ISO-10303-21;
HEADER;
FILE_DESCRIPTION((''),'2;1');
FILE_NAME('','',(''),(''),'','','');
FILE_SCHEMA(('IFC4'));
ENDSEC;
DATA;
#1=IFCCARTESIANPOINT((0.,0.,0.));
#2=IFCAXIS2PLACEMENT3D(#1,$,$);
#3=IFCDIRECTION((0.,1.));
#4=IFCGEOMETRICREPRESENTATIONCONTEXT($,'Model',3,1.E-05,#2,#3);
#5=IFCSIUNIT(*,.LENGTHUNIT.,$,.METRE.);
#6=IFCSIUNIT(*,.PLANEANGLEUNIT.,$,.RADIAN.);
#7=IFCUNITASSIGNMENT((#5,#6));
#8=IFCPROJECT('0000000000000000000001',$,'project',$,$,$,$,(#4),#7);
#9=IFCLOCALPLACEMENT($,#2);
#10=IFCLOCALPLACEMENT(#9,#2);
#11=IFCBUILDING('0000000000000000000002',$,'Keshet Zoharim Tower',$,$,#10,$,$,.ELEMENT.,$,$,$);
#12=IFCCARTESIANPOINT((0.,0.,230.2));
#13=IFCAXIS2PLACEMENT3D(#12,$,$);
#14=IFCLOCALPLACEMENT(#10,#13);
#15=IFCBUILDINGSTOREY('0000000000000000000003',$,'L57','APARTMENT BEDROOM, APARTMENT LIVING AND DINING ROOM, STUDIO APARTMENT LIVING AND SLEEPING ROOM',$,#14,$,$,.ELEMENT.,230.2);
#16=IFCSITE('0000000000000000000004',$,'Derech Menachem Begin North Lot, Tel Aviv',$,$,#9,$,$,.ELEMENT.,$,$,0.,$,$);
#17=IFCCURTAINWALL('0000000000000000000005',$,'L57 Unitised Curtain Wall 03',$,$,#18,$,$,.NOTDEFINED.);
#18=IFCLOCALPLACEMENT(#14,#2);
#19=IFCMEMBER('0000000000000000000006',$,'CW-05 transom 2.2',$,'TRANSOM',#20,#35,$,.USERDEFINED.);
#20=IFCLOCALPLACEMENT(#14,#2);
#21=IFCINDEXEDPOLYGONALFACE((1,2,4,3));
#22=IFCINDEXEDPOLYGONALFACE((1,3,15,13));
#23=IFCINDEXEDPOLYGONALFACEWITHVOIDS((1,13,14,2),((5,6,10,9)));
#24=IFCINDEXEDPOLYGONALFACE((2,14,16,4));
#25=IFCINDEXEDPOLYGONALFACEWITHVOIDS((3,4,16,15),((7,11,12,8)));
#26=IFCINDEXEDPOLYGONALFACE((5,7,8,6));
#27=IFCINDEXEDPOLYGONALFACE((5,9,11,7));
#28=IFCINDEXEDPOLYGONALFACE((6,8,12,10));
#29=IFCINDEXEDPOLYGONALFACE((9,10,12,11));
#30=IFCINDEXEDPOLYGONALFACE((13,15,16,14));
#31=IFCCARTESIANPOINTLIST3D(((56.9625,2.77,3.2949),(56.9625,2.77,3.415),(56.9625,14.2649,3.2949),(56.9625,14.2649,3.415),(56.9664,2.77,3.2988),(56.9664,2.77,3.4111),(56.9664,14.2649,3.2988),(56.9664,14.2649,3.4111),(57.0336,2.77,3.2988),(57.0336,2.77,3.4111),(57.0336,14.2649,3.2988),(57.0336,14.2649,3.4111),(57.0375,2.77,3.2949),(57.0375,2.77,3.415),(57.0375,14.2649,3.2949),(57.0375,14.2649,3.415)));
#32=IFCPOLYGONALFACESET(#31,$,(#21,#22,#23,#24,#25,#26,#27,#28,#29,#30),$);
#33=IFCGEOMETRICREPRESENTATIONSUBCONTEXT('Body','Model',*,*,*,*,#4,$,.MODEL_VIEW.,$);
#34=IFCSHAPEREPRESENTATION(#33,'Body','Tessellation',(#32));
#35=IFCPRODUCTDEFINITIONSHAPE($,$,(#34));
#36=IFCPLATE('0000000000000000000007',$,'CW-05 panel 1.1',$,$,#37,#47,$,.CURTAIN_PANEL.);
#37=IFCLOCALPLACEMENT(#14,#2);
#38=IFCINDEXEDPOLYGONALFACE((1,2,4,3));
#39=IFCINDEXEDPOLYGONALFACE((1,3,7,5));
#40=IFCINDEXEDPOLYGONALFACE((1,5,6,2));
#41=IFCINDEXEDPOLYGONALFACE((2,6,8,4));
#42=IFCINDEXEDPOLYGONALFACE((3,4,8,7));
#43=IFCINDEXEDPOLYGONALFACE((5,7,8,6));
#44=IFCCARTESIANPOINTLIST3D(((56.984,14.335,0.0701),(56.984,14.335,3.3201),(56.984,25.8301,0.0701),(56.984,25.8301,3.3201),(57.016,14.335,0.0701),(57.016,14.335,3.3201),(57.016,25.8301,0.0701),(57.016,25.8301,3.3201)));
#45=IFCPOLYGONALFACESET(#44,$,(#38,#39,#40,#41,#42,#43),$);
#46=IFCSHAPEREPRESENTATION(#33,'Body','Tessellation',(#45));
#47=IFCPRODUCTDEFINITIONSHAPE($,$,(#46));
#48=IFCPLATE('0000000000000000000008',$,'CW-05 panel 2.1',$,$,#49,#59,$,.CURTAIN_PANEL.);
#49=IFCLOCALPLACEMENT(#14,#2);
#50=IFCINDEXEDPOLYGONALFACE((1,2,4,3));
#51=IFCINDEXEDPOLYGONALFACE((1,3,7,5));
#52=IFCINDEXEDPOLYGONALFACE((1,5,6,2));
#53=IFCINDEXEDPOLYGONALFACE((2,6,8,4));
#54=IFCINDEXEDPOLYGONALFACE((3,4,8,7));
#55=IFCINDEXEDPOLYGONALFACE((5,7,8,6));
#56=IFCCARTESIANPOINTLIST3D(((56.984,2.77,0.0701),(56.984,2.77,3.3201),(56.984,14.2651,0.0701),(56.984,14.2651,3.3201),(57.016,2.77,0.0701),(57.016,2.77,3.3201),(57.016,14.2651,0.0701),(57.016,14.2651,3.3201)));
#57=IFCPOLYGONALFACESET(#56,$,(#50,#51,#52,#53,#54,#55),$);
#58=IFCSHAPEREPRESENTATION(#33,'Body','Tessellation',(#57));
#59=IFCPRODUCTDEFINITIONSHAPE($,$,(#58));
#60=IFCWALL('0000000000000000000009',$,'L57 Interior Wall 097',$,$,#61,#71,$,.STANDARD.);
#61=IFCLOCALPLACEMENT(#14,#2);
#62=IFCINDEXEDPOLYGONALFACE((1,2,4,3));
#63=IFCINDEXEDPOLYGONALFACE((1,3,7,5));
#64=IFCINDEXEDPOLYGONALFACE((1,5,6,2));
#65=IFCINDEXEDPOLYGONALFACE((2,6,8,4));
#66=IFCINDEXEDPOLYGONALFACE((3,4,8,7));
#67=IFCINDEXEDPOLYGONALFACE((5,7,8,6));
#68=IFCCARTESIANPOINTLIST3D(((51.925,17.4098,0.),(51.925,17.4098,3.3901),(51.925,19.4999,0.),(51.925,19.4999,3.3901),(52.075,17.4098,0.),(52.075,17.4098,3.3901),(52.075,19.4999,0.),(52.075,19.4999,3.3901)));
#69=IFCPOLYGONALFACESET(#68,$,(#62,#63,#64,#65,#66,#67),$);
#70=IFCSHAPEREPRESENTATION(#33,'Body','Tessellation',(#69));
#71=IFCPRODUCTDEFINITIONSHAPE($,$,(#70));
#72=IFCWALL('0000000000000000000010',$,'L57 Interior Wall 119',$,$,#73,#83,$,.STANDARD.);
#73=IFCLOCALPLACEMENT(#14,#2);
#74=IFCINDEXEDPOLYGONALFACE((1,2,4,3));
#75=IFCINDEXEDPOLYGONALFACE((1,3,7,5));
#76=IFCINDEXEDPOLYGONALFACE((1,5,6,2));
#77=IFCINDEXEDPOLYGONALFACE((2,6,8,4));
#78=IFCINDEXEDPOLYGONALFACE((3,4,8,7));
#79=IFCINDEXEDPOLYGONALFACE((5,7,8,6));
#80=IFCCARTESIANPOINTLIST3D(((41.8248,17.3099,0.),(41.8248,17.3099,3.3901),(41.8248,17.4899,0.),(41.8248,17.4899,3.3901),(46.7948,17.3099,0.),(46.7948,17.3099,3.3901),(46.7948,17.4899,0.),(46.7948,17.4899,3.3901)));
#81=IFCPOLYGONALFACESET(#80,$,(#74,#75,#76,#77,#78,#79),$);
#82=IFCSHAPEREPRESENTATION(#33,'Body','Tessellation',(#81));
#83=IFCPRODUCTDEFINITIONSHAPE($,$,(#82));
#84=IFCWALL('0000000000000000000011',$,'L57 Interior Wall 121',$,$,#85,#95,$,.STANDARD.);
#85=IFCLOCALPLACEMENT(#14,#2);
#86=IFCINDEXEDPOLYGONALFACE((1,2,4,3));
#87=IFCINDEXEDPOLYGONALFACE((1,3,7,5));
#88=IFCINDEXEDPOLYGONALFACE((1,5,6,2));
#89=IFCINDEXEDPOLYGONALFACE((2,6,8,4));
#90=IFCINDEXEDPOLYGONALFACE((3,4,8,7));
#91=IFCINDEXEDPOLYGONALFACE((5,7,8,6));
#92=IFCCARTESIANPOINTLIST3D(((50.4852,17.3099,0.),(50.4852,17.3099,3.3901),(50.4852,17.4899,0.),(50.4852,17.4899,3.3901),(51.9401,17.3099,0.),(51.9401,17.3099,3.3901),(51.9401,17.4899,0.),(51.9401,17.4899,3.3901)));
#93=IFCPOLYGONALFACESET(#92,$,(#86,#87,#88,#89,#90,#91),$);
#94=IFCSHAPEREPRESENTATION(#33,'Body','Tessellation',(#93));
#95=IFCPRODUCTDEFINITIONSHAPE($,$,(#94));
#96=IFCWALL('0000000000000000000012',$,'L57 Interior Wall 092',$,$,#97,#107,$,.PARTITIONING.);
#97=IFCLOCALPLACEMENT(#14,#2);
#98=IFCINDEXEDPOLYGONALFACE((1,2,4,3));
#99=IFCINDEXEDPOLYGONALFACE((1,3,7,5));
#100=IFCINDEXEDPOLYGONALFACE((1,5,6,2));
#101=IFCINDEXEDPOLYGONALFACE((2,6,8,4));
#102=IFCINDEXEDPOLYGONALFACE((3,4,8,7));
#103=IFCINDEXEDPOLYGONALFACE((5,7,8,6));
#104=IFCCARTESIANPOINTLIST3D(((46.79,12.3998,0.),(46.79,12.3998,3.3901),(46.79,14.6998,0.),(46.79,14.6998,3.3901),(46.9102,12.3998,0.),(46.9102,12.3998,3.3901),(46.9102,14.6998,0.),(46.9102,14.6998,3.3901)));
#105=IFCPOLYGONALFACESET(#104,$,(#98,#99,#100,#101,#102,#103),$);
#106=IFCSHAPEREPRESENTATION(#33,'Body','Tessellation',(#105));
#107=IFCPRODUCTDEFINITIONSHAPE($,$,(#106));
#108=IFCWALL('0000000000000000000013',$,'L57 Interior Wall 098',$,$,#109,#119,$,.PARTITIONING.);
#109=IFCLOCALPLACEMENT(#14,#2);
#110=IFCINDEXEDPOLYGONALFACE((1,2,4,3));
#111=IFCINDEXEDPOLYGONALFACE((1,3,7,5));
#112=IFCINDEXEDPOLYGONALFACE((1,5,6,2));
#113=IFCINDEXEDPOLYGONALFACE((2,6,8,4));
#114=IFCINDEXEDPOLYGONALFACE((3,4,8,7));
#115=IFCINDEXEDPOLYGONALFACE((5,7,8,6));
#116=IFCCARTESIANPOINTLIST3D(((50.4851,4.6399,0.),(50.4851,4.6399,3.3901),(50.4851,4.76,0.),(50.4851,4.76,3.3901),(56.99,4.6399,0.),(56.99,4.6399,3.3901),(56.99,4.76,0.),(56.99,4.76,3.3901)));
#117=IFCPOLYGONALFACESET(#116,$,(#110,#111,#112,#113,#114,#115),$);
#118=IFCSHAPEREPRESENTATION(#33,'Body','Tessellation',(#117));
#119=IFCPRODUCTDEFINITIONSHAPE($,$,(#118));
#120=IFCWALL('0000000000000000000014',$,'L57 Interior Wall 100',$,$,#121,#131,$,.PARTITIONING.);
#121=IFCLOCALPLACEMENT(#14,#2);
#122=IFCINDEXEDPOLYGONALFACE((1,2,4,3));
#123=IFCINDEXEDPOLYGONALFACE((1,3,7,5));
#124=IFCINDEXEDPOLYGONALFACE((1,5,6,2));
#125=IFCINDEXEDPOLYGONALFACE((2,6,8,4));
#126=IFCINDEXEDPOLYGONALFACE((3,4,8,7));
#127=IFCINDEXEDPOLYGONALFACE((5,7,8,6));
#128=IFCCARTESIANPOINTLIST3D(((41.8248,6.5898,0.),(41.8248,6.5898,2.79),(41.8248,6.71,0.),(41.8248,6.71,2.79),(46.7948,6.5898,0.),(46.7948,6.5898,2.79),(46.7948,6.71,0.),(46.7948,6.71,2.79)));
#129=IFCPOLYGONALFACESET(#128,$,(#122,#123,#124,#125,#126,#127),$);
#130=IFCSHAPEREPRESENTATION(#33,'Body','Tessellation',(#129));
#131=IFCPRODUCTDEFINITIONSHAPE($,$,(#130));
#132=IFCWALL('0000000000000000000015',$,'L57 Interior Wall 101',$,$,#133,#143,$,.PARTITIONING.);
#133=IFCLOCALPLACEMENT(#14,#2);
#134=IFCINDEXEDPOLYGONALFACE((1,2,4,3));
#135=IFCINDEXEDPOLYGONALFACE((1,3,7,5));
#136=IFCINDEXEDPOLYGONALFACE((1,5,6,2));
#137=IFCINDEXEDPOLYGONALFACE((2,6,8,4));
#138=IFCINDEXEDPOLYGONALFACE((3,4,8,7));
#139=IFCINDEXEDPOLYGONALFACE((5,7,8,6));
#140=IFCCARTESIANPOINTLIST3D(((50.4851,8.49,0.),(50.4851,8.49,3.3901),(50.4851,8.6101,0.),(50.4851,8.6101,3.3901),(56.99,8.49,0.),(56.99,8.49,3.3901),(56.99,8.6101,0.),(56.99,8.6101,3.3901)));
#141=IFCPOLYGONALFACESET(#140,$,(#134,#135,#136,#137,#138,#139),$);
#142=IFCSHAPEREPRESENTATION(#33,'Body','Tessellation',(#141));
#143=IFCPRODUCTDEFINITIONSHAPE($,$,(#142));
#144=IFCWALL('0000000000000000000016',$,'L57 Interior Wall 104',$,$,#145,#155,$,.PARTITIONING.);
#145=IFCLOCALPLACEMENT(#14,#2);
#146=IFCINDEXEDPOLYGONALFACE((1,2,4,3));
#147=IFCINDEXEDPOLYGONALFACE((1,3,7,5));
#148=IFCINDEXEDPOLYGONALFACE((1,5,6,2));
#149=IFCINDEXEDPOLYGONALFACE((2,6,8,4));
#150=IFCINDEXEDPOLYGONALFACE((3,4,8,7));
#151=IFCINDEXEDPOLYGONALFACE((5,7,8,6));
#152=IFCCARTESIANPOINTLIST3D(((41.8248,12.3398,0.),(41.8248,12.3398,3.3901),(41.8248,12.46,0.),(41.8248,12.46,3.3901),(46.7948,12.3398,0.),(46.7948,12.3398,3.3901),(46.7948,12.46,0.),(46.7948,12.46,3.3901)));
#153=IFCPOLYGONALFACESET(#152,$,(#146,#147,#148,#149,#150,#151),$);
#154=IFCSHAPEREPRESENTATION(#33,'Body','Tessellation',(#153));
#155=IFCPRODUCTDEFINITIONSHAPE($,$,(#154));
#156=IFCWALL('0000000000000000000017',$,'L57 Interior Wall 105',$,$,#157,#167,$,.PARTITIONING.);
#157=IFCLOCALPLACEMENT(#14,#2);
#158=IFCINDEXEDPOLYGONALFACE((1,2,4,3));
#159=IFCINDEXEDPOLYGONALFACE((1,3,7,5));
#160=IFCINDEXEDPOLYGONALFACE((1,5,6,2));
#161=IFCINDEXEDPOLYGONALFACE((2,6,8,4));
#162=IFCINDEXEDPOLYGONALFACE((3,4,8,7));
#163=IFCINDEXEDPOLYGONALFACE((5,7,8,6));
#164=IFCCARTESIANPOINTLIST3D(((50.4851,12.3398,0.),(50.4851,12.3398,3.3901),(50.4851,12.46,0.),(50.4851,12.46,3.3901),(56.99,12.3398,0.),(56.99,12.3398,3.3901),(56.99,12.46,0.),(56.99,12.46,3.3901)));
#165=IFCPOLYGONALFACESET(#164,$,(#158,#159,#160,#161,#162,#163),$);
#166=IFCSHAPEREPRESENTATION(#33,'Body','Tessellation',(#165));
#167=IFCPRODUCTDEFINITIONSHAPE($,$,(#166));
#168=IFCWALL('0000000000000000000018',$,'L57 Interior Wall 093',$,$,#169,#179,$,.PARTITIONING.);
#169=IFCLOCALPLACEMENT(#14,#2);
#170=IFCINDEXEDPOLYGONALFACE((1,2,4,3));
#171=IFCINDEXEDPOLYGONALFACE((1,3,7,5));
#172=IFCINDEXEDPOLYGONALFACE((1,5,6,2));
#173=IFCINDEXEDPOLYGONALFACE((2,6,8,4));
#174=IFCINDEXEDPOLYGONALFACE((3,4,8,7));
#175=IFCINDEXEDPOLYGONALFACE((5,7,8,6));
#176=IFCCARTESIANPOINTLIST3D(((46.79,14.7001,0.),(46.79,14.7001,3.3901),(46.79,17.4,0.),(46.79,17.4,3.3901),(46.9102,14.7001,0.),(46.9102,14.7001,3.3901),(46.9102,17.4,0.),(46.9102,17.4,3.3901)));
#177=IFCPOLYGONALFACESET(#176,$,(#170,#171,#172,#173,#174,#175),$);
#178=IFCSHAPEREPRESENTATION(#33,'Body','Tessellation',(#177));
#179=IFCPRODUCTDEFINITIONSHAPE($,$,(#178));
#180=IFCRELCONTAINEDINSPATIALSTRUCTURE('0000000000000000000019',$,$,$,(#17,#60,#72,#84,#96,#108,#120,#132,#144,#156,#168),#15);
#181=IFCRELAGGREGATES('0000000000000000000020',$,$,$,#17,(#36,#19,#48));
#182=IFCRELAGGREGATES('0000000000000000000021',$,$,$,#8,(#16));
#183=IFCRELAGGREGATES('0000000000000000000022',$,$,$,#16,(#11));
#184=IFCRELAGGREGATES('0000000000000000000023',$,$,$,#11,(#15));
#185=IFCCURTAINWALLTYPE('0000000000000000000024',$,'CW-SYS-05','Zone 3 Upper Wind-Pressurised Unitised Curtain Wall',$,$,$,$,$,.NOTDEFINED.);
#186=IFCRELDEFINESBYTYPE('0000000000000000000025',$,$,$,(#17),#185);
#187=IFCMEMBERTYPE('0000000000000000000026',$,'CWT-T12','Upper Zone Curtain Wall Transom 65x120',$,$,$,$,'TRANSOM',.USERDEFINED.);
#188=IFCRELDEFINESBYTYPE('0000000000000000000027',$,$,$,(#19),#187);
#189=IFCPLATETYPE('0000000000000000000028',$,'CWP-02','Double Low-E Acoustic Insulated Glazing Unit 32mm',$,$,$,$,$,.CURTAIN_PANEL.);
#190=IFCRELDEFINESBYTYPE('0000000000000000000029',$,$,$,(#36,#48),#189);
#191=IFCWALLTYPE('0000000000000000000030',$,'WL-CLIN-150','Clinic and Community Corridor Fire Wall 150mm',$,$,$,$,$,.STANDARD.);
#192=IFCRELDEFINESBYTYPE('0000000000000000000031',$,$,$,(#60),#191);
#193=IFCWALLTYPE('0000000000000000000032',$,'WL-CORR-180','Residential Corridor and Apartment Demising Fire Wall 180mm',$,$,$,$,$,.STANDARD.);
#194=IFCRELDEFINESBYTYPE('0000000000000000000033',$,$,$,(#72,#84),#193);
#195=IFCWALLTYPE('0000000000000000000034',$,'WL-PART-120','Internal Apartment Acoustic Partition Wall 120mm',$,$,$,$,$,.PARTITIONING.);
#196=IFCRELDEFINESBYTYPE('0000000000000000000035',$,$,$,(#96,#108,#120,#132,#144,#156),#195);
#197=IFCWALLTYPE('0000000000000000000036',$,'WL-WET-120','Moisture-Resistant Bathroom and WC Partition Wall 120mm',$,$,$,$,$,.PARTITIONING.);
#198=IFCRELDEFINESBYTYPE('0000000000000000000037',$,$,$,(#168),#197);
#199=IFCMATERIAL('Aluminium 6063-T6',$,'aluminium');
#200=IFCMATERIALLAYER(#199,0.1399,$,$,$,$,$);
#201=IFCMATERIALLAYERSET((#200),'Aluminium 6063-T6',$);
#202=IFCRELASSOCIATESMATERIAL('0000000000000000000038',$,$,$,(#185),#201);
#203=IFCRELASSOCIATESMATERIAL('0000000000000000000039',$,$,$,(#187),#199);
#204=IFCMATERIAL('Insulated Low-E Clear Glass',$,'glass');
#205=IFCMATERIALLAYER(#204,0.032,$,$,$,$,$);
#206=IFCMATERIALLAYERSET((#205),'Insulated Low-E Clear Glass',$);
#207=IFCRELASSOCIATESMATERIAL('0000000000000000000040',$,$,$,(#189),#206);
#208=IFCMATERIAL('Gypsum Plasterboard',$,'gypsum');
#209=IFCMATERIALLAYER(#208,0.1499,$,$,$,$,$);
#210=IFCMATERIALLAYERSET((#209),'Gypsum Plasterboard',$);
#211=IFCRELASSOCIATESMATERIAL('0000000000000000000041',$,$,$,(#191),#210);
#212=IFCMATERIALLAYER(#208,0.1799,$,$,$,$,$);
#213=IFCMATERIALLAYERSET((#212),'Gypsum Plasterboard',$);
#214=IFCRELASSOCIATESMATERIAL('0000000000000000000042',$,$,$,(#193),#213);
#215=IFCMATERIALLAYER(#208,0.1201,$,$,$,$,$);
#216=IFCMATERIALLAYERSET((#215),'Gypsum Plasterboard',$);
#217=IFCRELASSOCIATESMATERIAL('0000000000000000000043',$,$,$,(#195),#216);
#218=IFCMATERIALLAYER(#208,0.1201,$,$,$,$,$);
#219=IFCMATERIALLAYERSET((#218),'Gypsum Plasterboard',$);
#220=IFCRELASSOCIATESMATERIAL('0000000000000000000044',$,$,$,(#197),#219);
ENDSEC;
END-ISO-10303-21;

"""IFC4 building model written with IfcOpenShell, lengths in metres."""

from ifc_helpers import new_model, si_unit, direction, frame, frame_2d, origin, origin_2d, place, context, subcontext, project, spatial, rectangle, hollow_rectangle, extrude, material, layer, layer_set, material_profile, profile_set, type_object, element, aggregate, save


model = new_model("IFC4")

# Units and contexts
model_context = context("Model", 3, precision=1e-05, world=origin(), true_north=direction((0.0, 1.0)))
body_context = subcontext(model_context, "Body", "Model", "MODEL_VIEW")
ifc_project = project(units=[si_unit("LENGTHUNIT", "METRE"), si_unit("PLANEANGLEUNIT", "RADIAN")], contexts=[model_context])

# Site, building, storey
site_placement = place(None, origin())
site = spatial("IfcSite", under=ifc_project, at=site_placement, Name="Derech Menachem Begin North Lot, Tel Aviv", CompositionType="ELEMENT", RefElevation=0.0)
building_placement = place(site_placement, origin())
building = spatial("IfcBuilding", under=site, at=building_placement, Name="Keshet Zoharim Tower", CompositionType="ELEMENT")
storey_placement = place(building_placement, frame((0.0, 0.0, 230.2)))
storey = spatial("IfcBuildingStorey", under=building, at=storey_placement, Name="L57", Description="APARTMENT BEDROOM, APARTMENT LIVING AND DINING ROOM, STUDIO APARTMENT LIVING AND SLEEPING ROOM", CompositionType="ELEMENT", Elevation=230.2)

# Curtain wall, member, plates
ifc_material_1 = material(Name="Aluminium 6063-T6", Category="aluminium")
ifc_layer_1 = layer(ifc_material_1, 0.1399)
ifc_layer_set_1 = layer_set([ifc_layer_1], Name="Aluminium 6063-T6")
curtain_wall_type = type_object("IfcCurtainWallType", Name="CW-SYS-05", Description="Zone 3 Upper Wind-Pressurised Unitised Curtain Wall", PredefinedType="NOTDEFINED", material=ifc_layer_set_1)
curtain_wall_placement = place(storey_placement, origin())
curtain_wall = element("IfcCurtainWall", 1, at=curtain_wall_placement, inside=storey, type_object=curtain_wall_type, Name="L57 Unitised Curtain Wall 03", PredefinedType="NOTDEFINED")
ifc_material_profile_1 = material_profile(ifc_material_1, hollow_rectangle(XDim=0.075, YDim=0.1201, WallThickness=0.0039, at=origin_2d()), Name="TRN-75x120")
ifc_profile_set_1 = profile_set([ifc_material_profile_1], Name="Aluminium 6063-T6")
member_type_1 = type_object("IfcMemberType", Name="CWT-T12", Description="Upper Zone Curtain Wall Transom 65x120", ElementType="TRANSOM", PredefinedType="USERDEFINED", material=ifc_profile_set_1)
member_1_placement = place(storey_placement, frame((57.0, 14.2649, 3.355), z_axis=(0.0, -1.0, 0.0), x_axis=(1.0, 0.0, 0.0)))
member_1 = element("IfcMember", 2, at=member_1_placement, type_object=member_type_1, Name="CW-05 transom 2.2", ObjectType="TRANSOM", PredefinedType="USERDEFINED", context=body_context, shape_type="SweptSolid", body=[
    extrude(hollow_rectangle(XDim=0.075, YDim=0.1201, WallThickness=0.0039, at=origin_2d()), origin(), (0.0, 0.0, 1.0), 11.4949),
])
ifc_material_2 = material(Name="Insulated Low-E Clear Glass", Category="glass")
ifc_layer_2 = layer(ifc_material_2, 0.032)
ifc_layer_set_2 = layer_set([ifc_layer_2], Name="Insulated Low-E Clear Glass")
plate_type = type_object("IfcPlateType", Name="CWP-02", Description="Double Low-E Acoustic Insulated Glazing Unit 32mm", PredefinedType="CURTAIN_PANEL", material=ifc_layer_set_2)
plate_1_placement = place(storey_placement, frame((57.0, 20.0825, 0.0701), z_axis=(0.0, 0.0, 1.0), x_axis=(0.0, -1.0, 0.0)))
plate_1 = element("IfcPlate", 3, at=plate_1_placement, type_object=plate_type, Name="CW-05 panel 1.1", PredefinedType="CURTAIN_PANEL", context=body_context, shape_type="SweptSolid", body=[
    extrude(rectangle(XDim=11.4951, YDim=0.032, at=origin_2d()), origin(), (0.0, 0.0, 1.0), 3.25),
])
plate_2_placement = place(storey_placement, frame((57.0, 8.5176, 0.0701), z_axis=(0.0, 0.0, 1.0), x_axis=(0.0, -1.0, 0.0)))
plate_2 = element("IfcPlate", 4, at=plate_2_placement, type_object=plate_type, Name="CW-05 panel 2.1", PredefinedType="CURTAIN_PANEL", context=body_context, shape_type="SweptSolid", body=[
    extrude(rectangle(XDim=11.4951, YDim=0.032, at=origin_2d()), origin(), (0.0, 0.0, 1.0), 3.25),
])
aggregate(curtain_wall, [plate_1, member_1, plate_2])

# Walls
ifc_material_3 = material(Name="Gypsum Plasterboard", Category="gypsum")
ifc_layer_3 = layer(ifc_material_3, 0.1499)
ifc_layer_set_3 = layer_set([ifc_layer_3], Name="Gypsum Plasterboard")
wall_type_1 = type_object("IfcWallType", Name="WL-CLIN-150", Description="Clinic and Community Corridor Fire Wall 150mm", PredefinedType="STANDARD", material=ifc_layer_set_3)
wall_1_placement = place(storey_placement, frame((52.0, 17.4099, 0.0), z_axis=(0.0, 0.0, 1.0), x_axis=(0.0, 1.0, 0.0)))
element("IfcWall", 5, at=wall_1_placement, inside=storey, type_object=wall_type_1, Name="L57 Interior Wall 097", PredefinedType="STANDARD", context=body_context, shape_type="SweptSolid", body=[
    extrude(rectangle(XDim=2.0901, YDim=0.1499, at=frame_2d((1.0449, 0.0))), origin(), (0.0, 0.0, 1.0), 3.3901),
])
ifc_layer_4 = layer(ifc_material_3, 0.1799)
ifc_layer_set_4 = layer_set([ifc_layer_4], Name="Gypsum Plasterboard")
wall_type_2 = type_object("IfcWallType", Name="WL-CORR-180", Description="Residential Corridor and Apartment Demising Fire Wall 180mm", PredefinedType="STANDARD", material=ifc_layer_set_4)
wall_2_placement = place(storey_placement, frame((41.825, 17.3999, 0.0), z_axis=(0.0, 0.0, 1.0), x_axis=(1.0, 0.0, 0.0)))
element("IfcWall", 6, at=wall_2_placement, inside=storey, type_object=wall_type_2, Name="L57 Interior Wall 119", PredefinedType="STANDARD", context=body_context, shape_type="SweptSolid", body=[
    extrude(rectangle(XDim=4.97, YDim=0.1799, at=frame_2d((2.4849, 0.0))), origin(), (0.0, 0.0, 1.0), 3.3901),
])

# Walls
wall_3_placement = place(storey_placement, frame((50.4851, 17.3999, 0.0), z_axis=(0.0, 0.0, 1.0), x_axis=(1.0, 0.0, 0.0)))
element("IfcWall", 7, at=wall_3_placement, inside=storey, type_object=wall_type_2, Name="L57 Interior Wall 121", PredefinedType="STANDARD", context=body_context, shape_type="SweptSolid", body=[
    extrude(rectangle(XDim=1.4548, YDim=0.1799, at=frame_2d((0.7275, 0.0))), origin(), (0.0, 0.0, 1.0), 3.3901),
])
ifc_layer_5 = layer(ifc_material_3, 0.1201)
ifc_layer_set_5 = layer_set([ifc_layer_5], Name="Gypsum Plasterboard")
wall_type_3 = type_object("IfcWallType", Name="WL-PART-120", Description="Internal Apartment Acoustic Partition Wall 120mm", PredefinedType="PARTITIONING", material=ifc_layer_set_5)
wall_4_placement = place(storey_placement, frame((46.8501, 12.3999, 0.0), z_axis=(0.0, 0.0, 1.0), x_axis=(0.0, 1.0, 0.0)))
element("IfcWall", 8, at=wall_4_placement, inside=storey, type_object=wall_type_3, Name="L57 Interior Wall 092", PredefinedType="PARTITIONING", context=body_context, shape_type="SweptSolid", body=[
    extrude(rectangle(XDim=2.3, YDim=0.1201, at=frame_2d((1.1499, 0.0))), origin(), (0.0, 0.0, 1.0), 3.3901),
])

# Walls
wall_5_placement = place(storey_placement, frame((50.4851, 4.7, 0.0), z_axis=(0.0, 0.0, 1.0), x_axis=(1.0, 0.0, 0.0)))
element("IfcWall", 9, at=wall_5_placement, inside=storey, type_object=wall_type_3, Name="L57 Interior Wall 098", PredefinedType="PARTITIONING", context=body_context, shape_type="SweptSolid", body=[
    extrude(rectangle(XDim=6.5049, YDim=0.1201, at=frame_2d((3.2524, 0.0))), origin(), (0.0, 0.0, 1.0), 3.3901),
])
wall_6_placement = place(storey_placement, frame((41.825, 6.6499, 0.0), z_axis=(0.0, 0.0, 1.0), x_axis=(1.0, 0.0, 0.0)))
element("IfcWall", 10, at=wall_6_placement, inside=storey, type_object=wall_type_3, Name="L57 Interior Wall 100", PredefinedType="PARTITIONING", context=body_context, shape_type="SweptSolid", body=[
    extrude(rectangle(XDim=4.97, YDim=0.1201, at=frame_2d((2.4849, 0.0))), origin(), (0.0, 0.0, 1.0), 2.79),
])
wall_7_placement = place(storey_placement, frame((50.4851, 8.55, 0.0), z_axis=(0.0, 0.0, 1.0), x_axis=(1.0, 0.0, 0.0)))
element("IfcWall", 11, at=wall_7_placement, inside=storey, type_object=wall_type_3, Name="L57 Interior Wall 101", PredefinedType="PARTITIONING", context=body_context, shape_type="SweptSolid", body=[
    extrude(rectangle(XDim=6.5049, YDim=0.1201, at=frame_2d((3.2524, 0.0))), origin(), (0.0, 0.0, 1.0), 3.3901),
])
wall_8_placement = place(storey_placement, frame((41.825, 12.3999, 0.0), z_axis=(0.0, 0.0, 1.0), x_axis=(1.0, 0.0, 0.0)))
element("IfcWall", 12, at=wall_8_placement, inside=storey, type_object=wall_type_3, Name="L57 Interior Wall 104", PredefinedType="PARTITIONING", context=body_context, shape_type="SweptSolid", body=[
    extrude(rectangle(XDim=4.97, YDim=0.1201, at=frame_2d((2.4849, 0.0))), origin(), (0.0, 0.0, 1.0), 3.3901),
])
wall_9_placement = place(storey_placement, frame((50.4851, 12.3999, 0.0), z_axis=(0.0, 0.0, 1.0), x_axis=(1.0, 0.0, 0.0)))
element("IfcWall", 13, at=wall_9_placement, inside=storey, type_object=wall_type_3, Name="L57 Interior Wall 105", PredefinedType="PARTITIONING", context=body_context, shape_type="SweptSolid", body=[
    extrude(rectangle(XDim=6.5049, YDim=0.1201, at=frame_2d((3.2524, 0.0))), origin(), (0.0, 0.0, 1.0), 3.3901),
])
ifc_layer_6 = layer(ifc_material_3, 0.1201)
ifc_layer_set_6 = layer_set([ifc_layer_6], Name="Gypsum Plasterboard")
wall_type_4 = type_object("IfcWallType", Name="WL-WET-120", Description="Moisture-Resistant Bathroom and WC Partition Wall 120mm", PredefinedType="PARTITIONING", material=ifc_layer_set_6)
wall_10_placement = place(storey_placement, frame((46.8501, 14.7, 0.0), z_axis=(0.0, 0.0, 1.0), x_axis=(0.0, 1.0, 0.0)))
element("IfcWall", 14, at=wall_10_placement, inside=storey, type_object=wall_type_4, Name="L57 Interior Wall 093", PredefinedType="PARTITIONING", context=body_context, shape_type="SweptSolid", body=[
    extrude(rectangle(XDim=2.7, YDim=0.1201, at=frame_2d((1.3501, 0.0))), origin(), (0.0, 0.0, 1.0), 3.3901),
])

save(model, "model.ifc")
